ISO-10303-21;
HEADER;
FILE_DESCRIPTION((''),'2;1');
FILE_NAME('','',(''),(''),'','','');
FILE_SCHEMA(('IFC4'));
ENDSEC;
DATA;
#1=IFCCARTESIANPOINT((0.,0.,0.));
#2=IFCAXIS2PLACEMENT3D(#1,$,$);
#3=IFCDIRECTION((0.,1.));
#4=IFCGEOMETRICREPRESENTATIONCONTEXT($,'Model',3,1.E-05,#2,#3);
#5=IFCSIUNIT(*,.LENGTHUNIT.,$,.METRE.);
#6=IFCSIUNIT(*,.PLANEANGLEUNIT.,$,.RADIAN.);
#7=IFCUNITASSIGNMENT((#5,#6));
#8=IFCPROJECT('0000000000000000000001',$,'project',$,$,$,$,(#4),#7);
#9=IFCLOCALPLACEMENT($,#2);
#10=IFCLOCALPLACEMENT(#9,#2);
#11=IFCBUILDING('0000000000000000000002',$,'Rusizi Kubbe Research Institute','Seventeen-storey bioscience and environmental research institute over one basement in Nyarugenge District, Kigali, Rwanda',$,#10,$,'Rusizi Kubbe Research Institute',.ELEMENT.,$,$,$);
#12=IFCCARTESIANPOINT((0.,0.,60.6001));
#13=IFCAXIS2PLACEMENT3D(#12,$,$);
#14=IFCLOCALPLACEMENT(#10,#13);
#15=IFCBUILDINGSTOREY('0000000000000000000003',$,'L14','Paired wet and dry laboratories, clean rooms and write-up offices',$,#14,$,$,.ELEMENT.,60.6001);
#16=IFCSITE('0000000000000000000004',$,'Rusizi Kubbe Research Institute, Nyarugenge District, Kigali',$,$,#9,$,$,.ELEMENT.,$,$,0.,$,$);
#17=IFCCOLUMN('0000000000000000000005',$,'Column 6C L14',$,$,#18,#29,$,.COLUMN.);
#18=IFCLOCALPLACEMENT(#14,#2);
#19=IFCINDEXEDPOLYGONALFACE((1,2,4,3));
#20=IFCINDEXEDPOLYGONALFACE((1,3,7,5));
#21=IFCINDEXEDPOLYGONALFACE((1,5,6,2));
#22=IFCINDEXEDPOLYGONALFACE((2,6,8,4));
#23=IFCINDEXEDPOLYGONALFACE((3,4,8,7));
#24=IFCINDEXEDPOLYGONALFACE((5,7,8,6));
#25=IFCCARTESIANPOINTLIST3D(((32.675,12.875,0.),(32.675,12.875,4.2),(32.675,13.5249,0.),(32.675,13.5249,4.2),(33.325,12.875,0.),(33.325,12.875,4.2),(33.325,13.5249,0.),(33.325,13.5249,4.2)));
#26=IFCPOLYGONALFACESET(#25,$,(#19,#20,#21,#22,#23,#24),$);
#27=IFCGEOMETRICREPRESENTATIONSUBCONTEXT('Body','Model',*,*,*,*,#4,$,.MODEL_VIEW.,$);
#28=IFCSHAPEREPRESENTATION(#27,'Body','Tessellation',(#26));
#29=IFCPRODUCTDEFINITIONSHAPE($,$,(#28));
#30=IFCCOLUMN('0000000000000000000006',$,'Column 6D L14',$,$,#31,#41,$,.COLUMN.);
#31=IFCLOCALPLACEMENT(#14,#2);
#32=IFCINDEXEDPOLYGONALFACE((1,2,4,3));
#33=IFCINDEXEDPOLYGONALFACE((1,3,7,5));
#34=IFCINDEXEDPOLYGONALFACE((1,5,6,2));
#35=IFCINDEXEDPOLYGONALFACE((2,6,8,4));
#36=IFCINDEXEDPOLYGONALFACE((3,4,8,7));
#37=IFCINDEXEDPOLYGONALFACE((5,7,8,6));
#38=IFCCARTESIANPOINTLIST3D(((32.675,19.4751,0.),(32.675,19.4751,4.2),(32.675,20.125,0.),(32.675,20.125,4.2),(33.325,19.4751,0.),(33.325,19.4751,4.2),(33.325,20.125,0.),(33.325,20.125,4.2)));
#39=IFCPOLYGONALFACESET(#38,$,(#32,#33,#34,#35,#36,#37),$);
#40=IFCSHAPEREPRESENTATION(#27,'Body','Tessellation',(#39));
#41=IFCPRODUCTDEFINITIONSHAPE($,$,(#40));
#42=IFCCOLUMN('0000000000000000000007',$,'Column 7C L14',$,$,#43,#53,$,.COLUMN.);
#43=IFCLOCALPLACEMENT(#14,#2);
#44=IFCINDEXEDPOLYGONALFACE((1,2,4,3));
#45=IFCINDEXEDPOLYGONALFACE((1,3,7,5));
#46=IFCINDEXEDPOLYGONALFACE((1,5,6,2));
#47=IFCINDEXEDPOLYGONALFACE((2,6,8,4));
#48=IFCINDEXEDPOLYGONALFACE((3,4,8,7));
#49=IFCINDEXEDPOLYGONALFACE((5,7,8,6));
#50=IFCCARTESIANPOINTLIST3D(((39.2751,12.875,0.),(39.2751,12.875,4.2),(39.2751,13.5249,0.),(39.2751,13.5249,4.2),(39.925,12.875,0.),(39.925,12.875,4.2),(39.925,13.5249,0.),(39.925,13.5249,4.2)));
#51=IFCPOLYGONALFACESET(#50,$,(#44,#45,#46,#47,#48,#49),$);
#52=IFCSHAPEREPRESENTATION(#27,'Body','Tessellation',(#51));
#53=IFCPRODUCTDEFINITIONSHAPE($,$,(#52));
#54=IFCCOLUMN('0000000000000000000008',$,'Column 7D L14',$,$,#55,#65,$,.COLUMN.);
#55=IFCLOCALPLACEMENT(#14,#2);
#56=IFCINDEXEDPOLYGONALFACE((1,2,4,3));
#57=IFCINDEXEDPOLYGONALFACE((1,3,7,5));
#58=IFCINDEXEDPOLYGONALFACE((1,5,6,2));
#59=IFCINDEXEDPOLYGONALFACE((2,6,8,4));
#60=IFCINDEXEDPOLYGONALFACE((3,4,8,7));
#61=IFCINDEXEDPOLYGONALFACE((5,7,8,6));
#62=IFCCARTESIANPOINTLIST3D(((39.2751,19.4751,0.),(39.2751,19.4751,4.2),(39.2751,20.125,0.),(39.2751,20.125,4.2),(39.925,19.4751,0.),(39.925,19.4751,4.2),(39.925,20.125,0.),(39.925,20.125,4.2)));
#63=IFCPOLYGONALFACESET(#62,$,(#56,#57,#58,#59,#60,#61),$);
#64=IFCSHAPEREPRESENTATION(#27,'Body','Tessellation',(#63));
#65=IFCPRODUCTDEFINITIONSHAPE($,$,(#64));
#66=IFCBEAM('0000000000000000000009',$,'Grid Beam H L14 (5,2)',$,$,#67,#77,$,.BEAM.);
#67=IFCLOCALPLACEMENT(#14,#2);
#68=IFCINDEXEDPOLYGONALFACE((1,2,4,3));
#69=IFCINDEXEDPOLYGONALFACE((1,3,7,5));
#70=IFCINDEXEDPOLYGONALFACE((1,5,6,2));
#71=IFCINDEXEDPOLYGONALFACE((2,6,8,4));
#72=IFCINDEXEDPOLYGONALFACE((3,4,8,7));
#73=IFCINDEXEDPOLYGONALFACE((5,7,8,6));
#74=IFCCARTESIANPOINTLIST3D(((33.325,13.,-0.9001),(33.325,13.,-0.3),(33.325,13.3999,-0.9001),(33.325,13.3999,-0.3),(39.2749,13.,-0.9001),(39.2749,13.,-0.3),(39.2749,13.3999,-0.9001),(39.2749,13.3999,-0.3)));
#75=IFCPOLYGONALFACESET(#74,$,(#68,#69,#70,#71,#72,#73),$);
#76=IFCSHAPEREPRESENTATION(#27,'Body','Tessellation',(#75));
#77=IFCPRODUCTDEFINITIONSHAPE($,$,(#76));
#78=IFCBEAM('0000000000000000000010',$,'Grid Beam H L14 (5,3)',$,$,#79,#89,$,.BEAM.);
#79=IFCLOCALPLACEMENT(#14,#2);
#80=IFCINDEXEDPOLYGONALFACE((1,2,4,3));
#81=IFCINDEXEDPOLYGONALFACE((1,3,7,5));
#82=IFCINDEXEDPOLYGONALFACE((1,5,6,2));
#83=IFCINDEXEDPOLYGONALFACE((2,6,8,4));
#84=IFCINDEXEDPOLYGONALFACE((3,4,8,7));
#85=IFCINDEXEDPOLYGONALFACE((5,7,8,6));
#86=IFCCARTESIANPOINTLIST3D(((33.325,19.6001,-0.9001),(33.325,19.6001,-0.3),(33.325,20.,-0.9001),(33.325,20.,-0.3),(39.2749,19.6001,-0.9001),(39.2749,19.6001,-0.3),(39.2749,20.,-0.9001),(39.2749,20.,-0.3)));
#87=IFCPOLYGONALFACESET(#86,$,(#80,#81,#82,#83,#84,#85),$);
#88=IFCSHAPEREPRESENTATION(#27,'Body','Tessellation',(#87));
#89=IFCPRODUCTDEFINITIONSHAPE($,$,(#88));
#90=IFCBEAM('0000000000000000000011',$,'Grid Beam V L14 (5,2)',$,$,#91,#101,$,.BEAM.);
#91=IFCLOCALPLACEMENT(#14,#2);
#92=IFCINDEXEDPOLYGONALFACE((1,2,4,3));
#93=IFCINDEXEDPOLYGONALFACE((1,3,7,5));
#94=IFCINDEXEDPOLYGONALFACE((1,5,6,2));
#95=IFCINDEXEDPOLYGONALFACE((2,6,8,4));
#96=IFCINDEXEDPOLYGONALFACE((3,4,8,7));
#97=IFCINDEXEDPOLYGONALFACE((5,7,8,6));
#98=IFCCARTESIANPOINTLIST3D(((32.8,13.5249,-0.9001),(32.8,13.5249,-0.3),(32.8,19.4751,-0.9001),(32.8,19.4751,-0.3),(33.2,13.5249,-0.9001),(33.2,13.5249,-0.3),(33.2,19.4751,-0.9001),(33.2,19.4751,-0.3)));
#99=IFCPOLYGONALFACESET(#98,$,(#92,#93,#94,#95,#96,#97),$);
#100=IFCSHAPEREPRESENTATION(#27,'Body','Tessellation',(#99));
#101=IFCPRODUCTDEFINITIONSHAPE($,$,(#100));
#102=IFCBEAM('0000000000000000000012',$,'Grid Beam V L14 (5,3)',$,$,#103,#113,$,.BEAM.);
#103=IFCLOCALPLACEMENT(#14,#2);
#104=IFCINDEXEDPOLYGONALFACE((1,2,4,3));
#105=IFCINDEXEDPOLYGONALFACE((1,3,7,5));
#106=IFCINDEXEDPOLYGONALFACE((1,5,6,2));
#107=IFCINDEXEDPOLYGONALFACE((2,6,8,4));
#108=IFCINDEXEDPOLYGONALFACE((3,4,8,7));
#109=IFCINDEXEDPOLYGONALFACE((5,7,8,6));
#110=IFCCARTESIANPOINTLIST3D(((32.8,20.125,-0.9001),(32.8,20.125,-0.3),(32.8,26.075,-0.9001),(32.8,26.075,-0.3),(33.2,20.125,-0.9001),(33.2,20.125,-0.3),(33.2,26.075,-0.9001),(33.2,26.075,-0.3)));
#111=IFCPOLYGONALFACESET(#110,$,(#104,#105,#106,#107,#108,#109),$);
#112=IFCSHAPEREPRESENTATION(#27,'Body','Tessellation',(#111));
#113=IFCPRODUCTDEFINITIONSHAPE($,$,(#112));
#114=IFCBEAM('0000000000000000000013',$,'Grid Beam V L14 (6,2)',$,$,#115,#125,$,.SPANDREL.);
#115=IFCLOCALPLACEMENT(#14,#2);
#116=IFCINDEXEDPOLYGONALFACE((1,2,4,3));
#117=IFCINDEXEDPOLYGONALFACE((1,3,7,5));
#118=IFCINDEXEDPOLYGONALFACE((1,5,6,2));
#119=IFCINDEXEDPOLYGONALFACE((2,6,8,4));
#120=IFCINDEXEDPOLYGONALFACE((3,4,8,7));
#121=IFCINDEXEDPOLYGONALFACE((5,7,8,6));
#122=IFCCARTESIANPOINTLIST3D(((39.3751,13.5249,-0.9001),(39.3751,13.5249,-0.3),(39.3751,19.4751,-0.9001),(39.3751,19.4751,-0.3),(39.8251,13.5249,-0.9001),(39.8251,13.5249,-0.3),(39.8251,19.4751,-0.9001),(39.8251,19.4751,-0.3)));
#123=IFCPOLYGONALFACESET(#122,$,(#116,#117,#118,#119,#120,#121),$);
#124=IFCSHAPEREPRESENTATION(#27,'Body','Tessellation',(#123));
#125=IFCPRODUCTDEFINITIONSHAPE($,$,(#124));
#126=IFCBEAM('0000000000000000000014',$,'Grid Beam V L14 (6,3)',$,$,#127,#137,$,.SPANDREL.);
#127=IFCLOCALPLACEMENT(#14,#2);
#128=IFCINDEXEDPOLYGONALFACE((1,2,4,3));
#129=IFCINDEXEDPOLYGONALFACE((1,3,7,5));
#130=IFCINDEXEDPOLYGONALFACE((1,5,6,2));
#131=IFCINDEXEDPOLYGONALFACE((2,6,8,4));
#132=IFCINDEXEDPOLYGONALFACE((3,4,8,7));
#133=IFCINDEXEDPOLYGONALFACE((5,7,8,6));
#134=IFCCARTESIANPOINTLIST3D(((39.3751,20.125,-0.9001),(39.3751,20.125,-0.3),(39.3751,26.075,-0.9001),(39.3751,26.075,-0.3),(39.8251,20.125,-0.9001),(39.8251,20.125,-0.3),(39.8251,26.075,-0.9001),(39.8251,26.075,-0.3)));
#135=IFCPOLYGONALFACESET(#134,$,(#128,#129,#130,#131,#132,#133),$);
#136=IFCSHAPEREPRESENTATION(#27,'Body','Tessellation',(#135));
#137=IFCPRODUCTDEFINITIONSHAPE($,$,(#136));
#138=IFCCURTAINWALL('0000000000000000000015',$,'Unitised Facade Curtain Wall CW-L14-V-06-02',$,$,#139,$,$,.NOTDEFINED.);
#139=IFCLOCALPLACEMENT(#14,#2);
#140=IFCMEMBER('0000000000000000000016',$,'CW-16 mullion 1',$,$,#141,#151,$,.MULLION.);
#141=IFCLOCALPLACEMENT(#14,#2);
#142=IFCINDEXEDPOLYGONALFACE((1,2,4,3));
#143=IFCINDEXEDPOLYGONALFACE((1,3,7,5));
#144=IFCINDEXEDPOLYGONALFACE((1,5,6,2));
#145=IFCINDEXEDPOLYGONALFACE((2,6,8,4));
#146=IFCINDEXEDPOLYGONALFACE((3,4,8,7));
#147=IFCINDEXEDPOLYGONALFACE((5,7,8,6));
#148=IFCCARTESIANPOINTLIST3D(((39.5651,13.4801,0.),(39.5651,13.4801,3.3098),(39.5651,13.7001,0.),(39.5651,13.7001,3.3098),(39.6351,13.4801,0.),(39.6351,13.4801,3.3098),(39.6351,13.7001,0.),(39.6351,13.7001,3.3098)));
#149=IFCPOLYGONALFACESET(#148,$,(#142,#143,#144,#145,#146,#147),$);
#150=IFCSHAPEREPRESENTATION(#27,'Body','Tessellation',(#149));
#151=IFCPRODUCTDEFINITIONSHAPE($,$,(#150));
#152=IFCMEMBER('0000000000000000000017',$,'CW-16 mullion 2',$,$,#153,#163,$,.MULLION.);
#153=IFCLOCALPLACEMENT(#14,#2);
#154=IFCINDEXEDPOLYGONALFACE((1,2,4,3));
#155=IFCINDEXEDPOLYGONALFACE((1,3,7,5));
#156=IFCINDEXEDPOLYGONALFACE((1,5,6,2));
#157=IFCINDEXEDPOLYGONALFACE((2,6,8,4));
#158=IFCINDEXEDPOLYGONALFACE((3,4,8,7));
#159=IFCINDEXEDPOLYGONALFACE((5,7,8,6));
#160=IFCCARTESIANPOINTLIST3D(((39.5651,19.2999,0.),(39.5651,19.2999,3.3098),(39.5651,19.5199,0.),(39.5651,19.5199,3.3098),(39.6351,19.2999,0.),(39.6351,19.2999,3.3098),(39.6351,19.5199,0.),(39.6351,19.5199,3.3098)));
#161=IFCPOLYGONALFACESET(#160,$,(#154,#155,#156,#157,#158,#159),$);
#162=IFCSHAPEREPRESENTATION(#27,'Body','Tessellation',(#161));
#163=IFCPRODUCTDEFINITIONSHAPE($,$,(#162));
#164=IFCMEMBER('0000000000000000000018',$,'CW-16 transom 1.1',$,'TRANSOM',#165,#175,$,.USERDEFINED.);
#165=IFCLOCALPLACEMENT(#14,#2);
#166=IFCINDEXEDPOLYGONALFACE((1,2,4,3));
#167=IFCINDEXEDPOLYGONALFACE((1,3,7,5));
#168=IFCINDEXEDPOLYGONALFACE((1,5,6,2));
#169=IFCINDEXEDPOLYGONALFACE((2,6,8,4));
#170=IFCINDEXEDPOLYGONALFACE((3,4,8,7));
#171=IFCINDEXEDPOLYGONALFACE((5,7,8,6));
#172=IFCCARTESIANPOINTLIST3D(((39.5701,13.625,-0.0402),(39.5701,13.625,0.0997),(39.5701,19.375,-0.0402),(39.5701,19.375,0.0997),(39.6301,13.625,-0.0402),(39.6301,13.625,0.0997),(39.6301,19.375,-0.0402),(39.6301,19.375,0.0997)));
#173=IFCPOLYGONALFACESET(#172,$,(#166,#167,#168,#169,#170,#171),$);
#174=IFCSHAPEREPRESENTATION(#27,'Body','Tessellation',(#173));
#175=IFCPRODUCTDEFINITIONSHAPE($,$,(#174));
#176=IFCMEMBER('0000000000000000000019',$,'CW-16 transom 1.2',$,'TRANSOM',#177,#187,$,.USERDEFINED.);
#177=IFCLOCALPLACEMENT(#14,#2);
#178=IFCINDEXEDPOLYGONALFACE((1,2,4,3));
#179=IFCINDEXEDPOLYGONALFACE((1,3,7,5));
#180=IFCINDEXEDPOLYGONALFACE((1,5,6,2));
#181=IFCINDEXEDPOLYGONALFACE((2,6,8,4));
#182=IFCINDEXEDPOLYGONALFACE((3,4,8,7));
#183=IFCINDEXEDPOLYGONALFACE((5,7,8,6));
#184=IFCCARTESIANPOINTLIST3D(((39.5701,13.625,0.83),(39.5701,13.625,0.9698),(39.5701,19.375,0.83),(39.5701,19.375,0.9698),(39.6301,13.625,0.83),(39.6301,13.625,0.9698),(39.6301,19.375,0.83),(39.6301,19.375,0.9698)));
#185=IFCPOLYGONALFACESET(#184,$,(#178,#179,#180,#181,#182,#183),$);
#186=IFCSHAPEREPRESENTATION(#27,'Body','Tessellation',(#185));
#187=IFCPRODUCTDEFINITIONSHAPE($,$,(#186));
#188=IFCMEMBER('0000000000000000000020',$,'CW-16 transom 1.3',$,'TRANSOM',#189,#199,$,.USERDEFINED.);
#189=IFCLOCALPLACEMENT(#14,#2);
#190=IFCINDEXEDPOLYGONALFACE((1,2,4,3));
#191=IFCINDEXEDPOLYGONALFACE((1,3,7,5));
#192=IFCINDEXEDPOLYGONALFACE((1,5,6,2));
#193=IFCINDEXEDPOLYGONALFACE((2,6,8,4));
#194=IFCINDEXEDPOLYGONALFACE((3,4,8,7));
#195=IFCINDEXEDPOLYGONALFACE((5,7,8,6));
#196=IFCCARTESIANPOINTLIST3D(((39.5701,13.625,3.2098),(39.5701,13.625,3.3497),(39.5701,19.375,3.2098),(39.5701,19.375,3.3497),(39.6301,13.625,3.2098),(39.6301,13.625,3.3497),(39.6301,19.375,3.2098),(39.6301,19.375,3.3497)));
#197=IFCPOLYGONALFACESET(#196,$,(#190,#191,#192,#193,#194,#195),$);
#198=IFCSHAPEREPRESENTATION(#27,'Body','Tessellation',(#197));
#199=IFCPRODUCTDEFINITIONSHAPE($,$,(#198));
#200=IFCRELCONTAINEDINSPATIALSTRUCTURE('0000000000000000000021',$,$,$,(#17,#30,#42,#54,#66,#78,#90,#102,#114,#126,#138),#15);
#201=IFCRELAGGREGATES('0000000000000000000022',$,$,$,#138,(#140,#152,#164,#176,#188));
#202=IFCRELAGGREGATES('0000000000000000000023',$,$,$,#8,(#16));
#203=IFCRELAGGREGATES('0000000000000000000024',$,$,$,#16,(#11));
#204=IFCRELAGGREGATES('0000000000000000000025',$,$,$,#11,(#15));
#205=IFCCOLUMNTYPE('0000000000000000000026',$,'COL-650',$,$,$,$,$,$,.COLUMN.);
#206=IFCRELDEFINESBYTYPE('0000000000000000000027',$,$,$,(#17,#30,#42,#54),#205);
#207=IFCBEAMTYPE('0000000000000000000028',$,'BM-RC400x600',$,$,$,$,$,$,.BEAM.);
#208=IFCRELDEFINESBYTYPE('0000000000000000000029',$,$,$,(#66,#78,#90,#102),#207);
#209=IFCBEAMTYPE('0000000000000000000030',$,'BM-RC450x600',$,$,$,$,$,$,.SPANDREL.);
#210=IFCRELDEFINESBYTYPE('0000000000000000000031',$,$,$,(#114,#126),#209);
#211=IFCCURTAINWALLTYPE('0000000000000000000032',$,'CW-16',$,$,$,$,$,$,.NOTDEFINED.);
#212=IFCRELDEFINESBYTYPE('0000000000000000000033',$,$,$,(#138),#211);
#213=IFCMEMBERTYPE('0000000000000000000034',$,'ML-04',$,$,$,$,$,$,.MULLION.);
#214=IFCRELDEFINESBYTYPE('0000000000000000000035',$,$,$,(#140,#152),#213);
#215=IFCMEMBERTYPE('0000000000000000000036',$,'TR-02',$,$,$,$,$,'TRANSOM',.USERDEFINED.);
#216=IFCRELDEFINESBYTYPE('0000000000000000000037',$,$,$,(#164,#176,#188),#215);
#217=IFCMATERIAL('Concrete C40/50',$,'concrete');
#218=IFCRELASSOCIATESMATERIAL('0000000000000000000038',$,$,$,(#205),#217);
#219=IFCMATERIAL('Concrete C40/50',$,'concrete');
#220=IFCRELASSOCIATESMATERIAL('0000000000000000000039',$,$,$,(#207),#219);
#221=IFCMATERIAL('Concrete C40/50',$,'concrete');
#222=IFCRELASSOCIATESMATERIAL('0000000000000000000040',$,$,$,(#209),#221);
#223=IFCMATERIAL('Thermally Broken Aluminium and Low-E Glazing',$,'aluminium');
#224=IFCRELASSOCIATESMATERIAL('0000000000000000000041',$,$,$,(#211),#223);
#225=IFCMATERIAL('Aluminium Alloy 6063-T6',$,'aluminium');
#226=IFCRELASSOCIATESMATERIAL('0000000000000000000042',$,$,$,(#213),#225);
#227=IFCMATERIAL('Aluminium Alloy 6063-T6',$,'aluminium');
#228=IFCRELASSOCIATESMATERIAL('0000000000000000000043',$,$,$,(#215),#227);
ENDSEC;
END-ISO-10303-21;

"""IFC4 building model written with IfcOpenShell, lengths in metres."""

from ifc_helpers import new_model, si_unit, direction, frame, origin, origin_2d, place, context, subcontext, project, spatial, rectangle, extrude, material, material_profile, profile_set, type_object, element, aggregate, save


model = new_model("IFC4")

# Units and contexts
model_context = context("Model", 3, precision=1e-05, world=origin(), true_north=direction((0.0, 1.0)))
body_context = subcontext(model_context, "Body", "Model", "MODEL_VIEW")
ifc_project = project(units=[si_unit("LENGTHUNIT", "METRE"), si_unit("PLANEANGLEUNIT", "RADIAN")], contexts=[model_context])

# Site, building, storey
site_placement = place(None, origin())
site = spatial("IfcSite", under=ifc_project, at=site_placement, Name="Rusizi Kubbe Research Institute, Nyarugenge District, Kigali", CompositionType="ELEMENT", RefElevation=0.0)
building_placement = place(site_placement, origin())
building = spatial("IfcBuilding", under=site, at=building_placement, Name="Rusizi Kubbe Research Institute", Description="Seventeen-storey bioscience and environmental research institute over one basement in Nyarugenge District, Kigali, Rwanda", LongName="Rusizi Kubbe Research Institute", CompositionType="ELEMENT")
storey_placement = place(building_placement, frame((0.0, 0.0, 60.6001)))
storey = spatial("IfcBuildingStorey", under=building, at=storey_placement, Name="L14", Description="Paired wet and dry laboratories, clean rooms and write-up offices", CompositionType="ELEMENT", Elevation=60.6001)

# Columns
ifc_material_1 = material(Name="Concrete C40/50", Category="concrete")
ifc_material_profile_1 = material_profile(ifc_material_1, rectangle(XDim=0.6499, YDim=0.6499, at=origin_2d()), Name="RC650x650")
ifc_profile_set_1 = profile_set([ifc_material_profile_1], Name="Concrete C40/50")
column_type = type_object("IfcColumnType", Name="COL-650", PredefinedType="COLUMN", material=ifc_profile_set_1)
for number, where, z_axis, x_axis, name in (
    (1, (33.0, 13.2, 0.0), (0.0, 0.0, 1.0), (1.0, 0.0, 0.0), "Column 6C L14"),
    (2, (33.0, 19.8, 0.0), (0.0, 0.0, 1.0), (1.0, 0.0, 0.0), "Column 6D L14"),
    (3, (39.6001, 13.2, 0.0), (0.0, 0.0, 1.0), (1.0, 0.0, 0.0), "Column 7C L14"),
    (4, (39.6001, 19.8, 0.0), (0.0, 0.0, 1.0), (1.0, 0.0, 0.0), "Column 7D L14"),
):
    element("IfcColumn", number, at=place(storey_placement, frame(where, z_axis=z_axis, x_axis=x_axis)), inside=storey, type_object=column_type, Name=name, PredefinedType="COLUMN", context=body_context, shape_type="SweptSolid", body=[
        extrude(rectangle(XDim=0.6499, YDim=0.6499, at=origin_2d()), origin(), (0.0, 0.0, 1.0), 4.2),
    ])

# Beams
ifc_material_2 = material(Name="Concrete C40/50", Category="concrete")
ifc_material_profile_2 = material_profile(ifc_material_2, rectangle(XDim=0.3999, YDim=0.6001, at=origin_2d()), Name="RC400x600")
ifc_profile_set_2 = profile_set([ifc_material_profile_2], Name="Concrete C40/50")
beam_type_1 = type_object("IfcBeamType", Name="BM-RC400x600", PredefinedType="BEAM", material=ifc_profile_set_2)
for number, where, z_axis, x_axis, name in (
    (5, (33.325, 13.2, -0.6001), (1.0, 0.0, 0.0), (0.0, 1.0, 0.0), "Grid Beam H L14 (5,2)"),
    (6, (33.325, 19.8, -0.6001), (1.0, 0.0, 0.0), (0.0, 1.0, 0.0), "Grid Beam H L14 (5,3)"),
):
    element("IfcBeam", number, at=place(storey_placement, frame(where, z_axis=z_axis, x_axis=x_axis)), inside=storey, type_object=beam_type_1, Name=name, PredefinedType="BEAM", context=body_context, shape_type="SweptSolid", body=[
        extrude(rectangle(XDim=0.3999, YDim=0.6001, at=origin_2d()), origin(), (0.0, 0.0, 1.0), 5.95),
    ])
beam_1_placement = place(storey_placement, frame((33.0, 13.5249, -0.6001), z_axis=(0.0, 1.0, 0.0), x_axis=(-1.0, 0.0, 0.0)))
element("IfcBeam", 7, at=beam_1_placement, inside=storey, type_object=beam_type_1, Name="Grid Beam V L14 (5,2)", PredefinedType="BEAM", context=body_context, shape_type="SweptSolid", body=[
    extrude(rectangle(XDim=0.3999, YDim=0.6001, at=origin_2d()), origin(), (0.0, 0.0, 1.0), 5.9502),
])
beam_2_placement = place(storey_placement, frame((33.0, 20.125, -0.6001), z_axis=(0.0, 1.0, 0.0), x_axis=(-1.0, 0.0, 0.0)))
element("IfcBeam", 8, at=beam_2_placement, inside=storey, type_object=beam_type_1, Name="Grid Beam V L14 (5,3)", PredefinedType="BEAM", context=body_context, shape_type="SweptSolid", body=[
    extrude(rectangle(XDim=0.3999, YDim=0.6001, at=origin_2d()), origin(), (0.0, 0.0, 1.0), 5.95),
])
ifc_material_3 = material(Name="Concrete C40/50", Category="concrete")
ifc_material_profile_3 = material_profile(ifc_material_3, rectangle(XDim=0.45, YDim=0.6001, at=origin_2d()), Name="RC450x600")
ifc_profile_set_3 = profile_set([ifc_material_profile_3], Name="Concrete C40/50")
beam_type_2 = type_object("IfcBeamType", Name="BM-RC450x600", PredefinedType="SPANDREL", material=ifc_profile_set_3)
beam_3_placement = place(storey_placement, frame((39.6001, 13.5249, -0.6001), z_axis=(0.0, 1.0, 0.0), x_axis=(-1.0, 0.0, 0.0)))
element("IfcBeam", 9, at=beam_3_placement, inside=storey, type_object=beam_type_2, Name="Grid Beam V L14 (6,2)", PredefinedType="SPANDREL", context=body_context, shape_type="SweptSolid", body=[
    extrude(rectangle(XDim=0.45, YDim=0.6001, at=origin_2d()), origin(), (0.0, 0.0, 1.0), 5.9502),
])
beam_4_placement = place(storey_placement, frame((39.6001, 20.125, -0.6001), z_axis=(0.0, 1.0, 0.0), x_axis=(-1.0, 0.0, 0.0)))
element("IfcBeam", 10, at=beam_4_placement, inside=storey, type_object=beam_type_2, Name="Grid Beam V L14 (6,3)", PredefinedType="SPANDREL", context=body_context, shape_type="SweptSolid", body=[
    extrude(rectangle(XDim=0.45, YDim=0.6001, at=origin_2d()), origin(), (0.0, 0.0, 1.0), 5.95),
])

# Curtain wall, members
ifc_material_4 = material(Name="Thermally Broken Aluminium and Low-E Glazing", Category="aluminium")
curtain_wall_type = type_object("IfcCurtainWallType", Name="CW-16", PredefinedType="NOTDEFINED", material=ifc_material_4)
curtain_wall_placement = place(storey_placement, origin())
curtain_wall = element("IfcCurtainWall", 11, at=curtain_wall_placement, inside=storey, type_object=curtain_wall_type, Name="Unitised Facade Curtain Wall CW-L14-V-06-02", PredefinedType="NOTDEFINED")
ifc_material_5 = material(Name="Aluminium Alloy 6063-T6", Category="aluminium")
ifc_material_profile_4 = material_profile(ifc_material_5, rectangle(XDim=0.0701, YDim=0.22, at=origin_2d()), Name="ALU-M 70x220")
ifc_profile_set_4 = profile_set([ifc_material_profile_4], Name="Aluminium Alloy 6063-T6")
member_type_1 = type_object("IfcMemberType", Name="ML-04", PredefinedType="MULLION", material=ifc_profile_set_4)
member_1_placement = place(storey_placement, frame((39.6001, 13.5901, 0.0), z_axis=(0.0, 0.0, 1.0), x_axis=(-1.0, 0.0, 0.0)))
member_1 = element("IfcMember", 12, at=member_1_placement, type_object=member_type_1, Name="CW-16 mullion 1", PredefinedType="MULLION", context=body_context, shape_type="SweptSolid", body=[
    extrude(rectangle(XDim=0.0701, YDim=0.22, at=origin_2d()), origin(), (0.0, 0.0, 1.0), 3.3098),
])
member_2_placement = place(storey_placement, frame((39.6001, 19.4099, 0.0), z_axis=(0.0, 0.0, 1.0), x_axis=(-1.0, 0.0, 0.0)))
member_2 = element("IfcMember", 13, at=member_2_placement, type_object=member_type_1, Name="CW-16 mullion 2", PredefinedType="MULLION", context=body_context, shape_type="SweptSolid", body=[
    extrude(rectangle(XDim=0.0701, YDim=0.22, at=origin_2d()), origin(), (0.0, 0.0, 1.0), 3.3098),
])
ifc_material_6 = material(Name="Aluminium Alloy 6063-T6", Category="aluminium")
ifc_material_profile_5 = material_profile(ifc_material_6, rectangle(XDim=0.0601, YDim=0.1399, at=origin_2d()), Name="ALU-T 60x140")
ifc_profile_set_5 = profile_set([ifc_material_profile_5], Name="Aluminium Alloy 6063-T6")
member_type_2 = type_object("IfcMemberType", Name="TR-02", ElementType="TRANSOM", PredefinedType="USERDEFINED", material=ifc_profile_set_5)
member_3_placement = place(storey_placement, frame((39.6001, 13.625, 0.0298), z_axis=(0.0, 1.0, 0.0), x_axis=(-1.0, 0.0, 0.0)))
member_3 = element("IfcMember", 14, at=member_3_placement, type_object=member_type_2, Name="CW-16 transom 1.1", ObjectType="TRANSOM", PredefinedType="USERDEFINED", context=body_context, shape_type="SweptSolid", body=[
    extrude(rectangle(XDim=0.0601, YDim=0.1399, at=origin_2d()), origin(), (0.0, 0.0, 1.0), 5.75),
])
member_4_placement = place(storey_placement, frame((39.6001, 13.625, 0.8999), z_axis=(0.0, 1.0, 0.0), x_axis=(-1.0, 0.0, 0.0)))
member_4 = element("IfcMember", 15, at=member_4_placement, type_object=member_type_2, Name="CW-16 transom 1.2", ObjectType="TRANSOM", PredefinedType="USERDEFINED", context=body_context, shape_type="SweptSolid", body=[
    extrude(rectangle(XDim=0.0601, YDim=0.1399, at=origin_2d()), origin(), (0.0, 0.0, 1.0), 5.75),
])
member_5_placement = place(storey_placement, frame((39.6001, 13.625, 3.2798), z_axis=(0.0, 1.0, 0.0), x_axis=(-1.0, 0.0, 0.0)))
member_5 = element("IfcMember", 16, at=member_5_placement, type_object=member_type_2, Name="CW-16 transom 1.3", ObjectType="TRANSOM", PredefinedType="USERDEFINED", context=body_context, shape_type="SweptSolid", body=[
    extrude(rectangle(XDim=0.0601, YDim=0.1399, at=origin_2d()), origin(), (0.0, 0.0, 1.0), 5.75),
])
aggregate(curtain_wall, [member_1, member_2, member_3, member_4, member_5])

save(model, "model.ifc")
